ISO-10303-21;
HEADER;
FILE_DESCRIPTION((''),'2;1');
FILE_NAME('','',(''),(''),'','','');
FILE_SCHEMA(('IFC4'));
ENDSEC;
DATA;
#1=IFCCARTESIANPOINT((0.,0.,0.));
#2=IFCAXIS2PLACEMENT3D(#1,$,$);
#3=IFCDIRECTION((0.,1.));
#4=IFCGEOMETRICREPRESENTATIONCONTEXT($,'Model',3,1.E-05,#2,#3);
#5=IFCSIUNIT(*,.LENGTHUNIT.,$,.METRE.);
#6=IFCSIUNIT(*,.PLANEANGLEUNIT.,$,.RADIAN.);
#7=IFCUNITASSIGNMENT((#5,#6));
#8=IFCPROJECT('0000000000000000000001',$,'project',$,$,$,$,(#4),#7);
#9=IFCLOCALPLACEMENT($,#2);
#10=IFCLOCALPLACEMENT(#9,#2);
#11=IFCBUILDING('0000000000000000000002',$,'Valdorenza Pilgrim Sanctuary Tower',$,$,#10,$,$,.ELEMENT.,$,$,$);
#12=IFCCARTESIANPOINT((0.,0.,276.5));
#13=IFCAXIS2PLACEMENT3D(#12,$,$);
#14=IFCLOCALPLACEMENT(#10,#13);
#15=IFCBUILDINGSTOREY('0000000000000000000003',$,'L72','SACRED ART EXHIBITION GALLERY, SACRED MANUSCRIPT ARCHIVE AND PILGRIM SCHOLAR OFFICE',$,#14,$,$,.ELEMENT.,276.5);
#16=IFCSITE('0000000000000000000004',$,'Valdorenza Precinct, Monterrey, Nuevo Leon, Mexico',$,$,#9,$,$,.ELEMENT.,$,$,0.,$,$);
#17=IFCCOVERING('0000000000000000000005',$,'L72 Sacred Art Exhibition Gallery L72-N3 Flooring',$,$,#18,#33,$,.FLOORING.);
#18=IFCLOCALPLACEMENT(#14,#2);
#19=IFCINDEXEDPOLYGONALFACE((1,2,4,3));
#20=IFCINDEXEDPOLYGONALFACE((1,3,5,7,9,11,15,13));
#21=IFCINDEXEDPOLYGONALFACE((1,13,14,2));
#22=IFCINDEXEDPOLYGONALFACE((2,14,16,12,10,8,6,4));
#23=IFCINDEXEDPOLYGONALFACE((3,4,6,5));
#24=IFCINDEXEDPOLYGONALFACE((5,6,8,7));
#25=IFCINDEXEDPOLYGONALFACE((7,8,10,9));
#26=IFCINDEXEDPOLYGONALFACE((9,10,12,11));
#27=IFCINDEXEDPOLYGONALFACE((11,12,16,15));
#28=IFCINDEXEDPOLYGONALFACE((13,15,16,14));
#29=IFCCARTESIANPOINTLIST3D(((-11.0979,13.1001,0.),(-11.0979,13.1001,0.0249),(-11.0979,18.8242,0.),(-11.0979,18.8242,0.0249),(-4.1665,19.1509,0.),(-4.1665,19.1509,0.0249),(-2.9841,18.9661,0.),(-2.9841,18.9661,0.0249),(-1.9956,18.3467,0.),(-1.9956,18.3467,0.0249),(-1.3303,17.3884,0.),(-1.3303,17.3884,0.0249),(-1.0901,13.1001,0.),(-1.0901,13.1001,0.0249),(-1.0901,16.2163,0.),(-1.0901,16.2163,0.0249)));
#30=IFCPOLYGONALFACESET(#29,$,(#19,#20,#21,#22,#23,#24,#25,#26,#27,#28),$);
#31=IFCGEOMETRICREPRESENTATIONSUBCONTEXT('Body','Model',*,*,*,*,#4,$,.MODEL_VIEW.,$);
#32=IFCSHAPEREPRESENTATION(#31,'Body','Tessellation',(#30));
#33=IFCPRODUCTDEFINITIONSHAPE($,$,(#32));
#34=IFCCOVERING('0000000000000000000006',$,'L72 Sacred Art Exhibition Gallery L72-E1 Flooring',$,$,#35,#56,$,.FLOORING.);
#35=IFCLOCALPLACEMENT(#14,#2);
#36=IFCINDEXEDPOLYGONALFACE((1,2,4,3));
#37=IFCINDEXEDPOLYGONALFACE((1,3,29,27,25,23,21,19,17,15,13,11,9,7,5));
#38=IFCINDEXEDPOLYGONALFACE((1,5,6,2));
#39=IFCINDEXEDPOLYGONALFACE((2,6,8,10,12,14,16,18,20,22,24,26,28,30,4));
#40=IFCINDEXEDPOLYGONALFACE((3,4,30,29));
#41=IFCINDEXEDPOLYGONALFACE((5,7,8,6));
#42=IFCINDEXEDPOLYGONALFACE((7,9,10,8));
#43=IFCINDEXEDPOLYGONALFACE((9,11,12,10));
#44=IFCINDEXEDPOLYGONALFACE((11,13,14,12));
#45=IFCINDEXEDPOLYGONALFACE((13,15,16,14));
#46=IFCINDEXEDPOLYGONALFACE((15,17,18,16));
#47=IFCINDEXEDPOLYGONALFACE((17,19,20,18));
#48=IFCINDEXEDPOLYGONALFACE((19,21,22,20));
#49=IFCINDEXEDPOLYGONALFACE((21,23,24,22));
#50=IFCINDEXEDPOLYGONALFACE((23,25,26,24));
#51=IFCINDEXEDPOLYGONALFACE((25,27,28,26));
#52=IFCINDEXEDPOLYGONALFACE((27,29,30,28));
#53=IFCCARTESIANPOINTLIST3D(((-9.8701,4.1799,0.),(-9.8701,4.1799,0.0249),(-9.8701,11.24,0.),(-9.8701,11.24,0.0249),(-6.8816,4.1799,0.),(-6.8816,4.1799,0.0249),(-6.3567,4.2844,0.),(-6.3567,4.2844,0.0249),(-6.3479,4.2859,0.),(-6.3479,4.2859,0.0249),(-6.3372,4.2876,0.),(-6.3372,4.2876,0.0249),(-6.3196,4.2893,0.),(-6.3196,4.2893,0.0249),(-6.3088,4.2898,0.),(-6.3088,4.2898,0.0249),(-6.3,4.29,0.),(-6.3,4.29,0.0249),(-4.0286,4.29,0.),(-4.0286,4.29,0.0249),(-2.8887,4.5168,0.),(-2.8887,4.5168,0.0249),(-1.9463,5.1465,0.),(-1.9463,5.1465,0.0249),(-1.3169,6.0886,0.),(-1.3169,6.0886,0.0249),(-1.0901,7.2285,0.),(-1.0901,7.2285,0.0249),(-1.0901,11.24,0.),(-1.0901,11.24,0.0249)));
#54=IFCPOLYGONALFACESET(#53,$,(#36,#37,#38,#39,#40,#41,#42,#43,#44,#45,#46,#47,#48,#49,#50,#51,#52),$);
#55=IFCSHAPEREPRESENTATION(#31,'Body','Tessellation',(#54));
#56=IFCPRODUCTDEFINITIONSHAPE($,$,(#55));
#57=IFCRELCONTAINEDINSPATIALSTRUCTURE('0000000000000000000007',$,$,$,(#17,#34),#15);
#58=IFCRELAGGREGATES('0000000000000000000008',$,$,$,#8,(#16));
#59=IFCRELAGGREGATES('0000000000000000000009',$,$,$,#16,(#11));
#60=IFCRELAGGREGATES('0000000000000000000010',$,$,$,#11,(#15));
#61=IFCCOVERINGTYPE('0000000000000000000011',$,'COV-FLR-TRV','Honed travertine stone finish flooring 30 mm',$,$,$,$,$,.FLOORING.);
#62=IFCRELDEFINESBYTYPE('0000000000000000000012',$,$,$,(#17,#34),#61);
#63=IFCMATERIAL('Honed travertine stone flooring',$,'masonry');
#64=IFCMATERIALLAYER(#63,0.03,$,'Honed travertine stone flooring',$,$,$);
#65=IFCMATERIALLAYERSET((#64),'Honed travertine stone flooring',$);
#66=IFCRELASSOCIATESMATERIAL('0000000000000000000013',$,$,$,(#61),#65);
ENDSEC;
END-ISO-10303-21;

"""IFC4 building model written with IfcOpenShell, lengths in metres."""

from ifc_helpers import new_model, si_unit, direction, frame, origin, place, context, subcontext, project, spatial, polyline, outline, extrude, material, layer, layer_set, type_object, element, save


model = new_model("IFC4")

# Units and contexts
model_context = context("Model", 3, precision=1e-05, world=origin(), true_north=direction((0.0, 1.0)))
body_context = subcontext(model_context, "Body", "Model", "MODEL_VIEW")
ifc_project = project(units=[si_unit("LENGTHUNIT", "METRE"), si_unit("PLANEANGLEUNIT", "RADIAN")], contexts=[model_context])

# Site, building, storey
site_placement = place(None, origin())
site = spatial("IfcSite", under=ifc_project, at=site_placement, Name="Valdorenza Precinct, Monterrey, Nuevo Leon, Mexico", CompositionType="ELEMENT", RefElevation=0.0)
building_placement = place(site_placement, origin())
building = spatial("IfcBuilding", under=site, at=building_placement, Name="Valdorenza Pilgrim Sanctuary Tower", CompositionType="ELEMENT")
storey_placement = place(building_placement, frame((0.0, 0.0, 276.5)))
storey = spatial("IfcBuildingStorey", under=building, at=storey_placement, Name="L72", Description="SACRED ART EXHIBITION GALLERY, SACRED MANUSCRIPT ARCHIVE AND PILGRIM SCHOLAR OFFICE", CompositionType="ELEMENT", Elevation=276.5)

# Coverings
ifc_material_1 = material(Name="Honed travertine stone flooring", Category="masonry")
ifc_layer_1 = layer(ifc_material_1, 0.03, Name="Honed travertine stone flooring")
ifc_layer_set_1 = layer_set([ifc_layer_1], Name="Honed travertine stone flooring")
covering_type_1 = type_object("IfcCoveringType", Name="COV-FLR-TRV", Description="Honed travertine stone finish flooring 30 mm", PredefinedType="FLOORING", material=ifc_layer_set_1)
covering_1_placement = place(storey_placement, origin())
element("IfcCovering", 1, at=covering_1_placement, inside=storey, type_object=covering_type_1, Name="L72 Sacred Art Exhibition Gallery L72-N3 Flooring", PredefinedType="FLOORING", context=body_context, shape_type="SweptSolid", body=[
    extrude(outline(polyline([(-4.1665, 19.1509), (-2.9841, 18.9661), (-1.9956, 18.3467), (-1.3303, 17.3884), (-1.0901, 16.2163), (-1.0901, 13.1001), (-11.0979, 13.1001), (-11.0979, 18.8242), (-4.1665, 19.1509)])), origin(), (0.0, 0.0, 1.0), 0.0249),
])
covering_2_placement = place(storey_placement, origin())
element("IfcCovering", 2, at=covering_2_placement, inside=storey, type_object=covering_type_1, Name="L72 Sacred Art Exhibition Gallery L72-E1 Flooring", PredefinedType="FLOORING", context=body_context, shape_type="SweptSolid", body=[
    extrude(outline(polyline([(-9.8701, 11.24), (-1.0901, 11.24), (-1.0901, 7.2285), (-1.3169, 6.0886), (-1.9463, 5.1465), (-2.8887, 4.5168), (-4.0286, 4.29), (-6.3, 4.29), (-6.3088, 4.2898), (-6.3196, 4.2893), (-6.3372, 4.2876), (-6.3479, 4.2859), (-6.3567, 4.2844), (-6.8816, 4.1799), (-9.8701, 4.1799), (-9.8701, 11.24)])), origin(), (0.0, 0.0, 1.0), 0.0249),
])

save(model, "model.ifc")
